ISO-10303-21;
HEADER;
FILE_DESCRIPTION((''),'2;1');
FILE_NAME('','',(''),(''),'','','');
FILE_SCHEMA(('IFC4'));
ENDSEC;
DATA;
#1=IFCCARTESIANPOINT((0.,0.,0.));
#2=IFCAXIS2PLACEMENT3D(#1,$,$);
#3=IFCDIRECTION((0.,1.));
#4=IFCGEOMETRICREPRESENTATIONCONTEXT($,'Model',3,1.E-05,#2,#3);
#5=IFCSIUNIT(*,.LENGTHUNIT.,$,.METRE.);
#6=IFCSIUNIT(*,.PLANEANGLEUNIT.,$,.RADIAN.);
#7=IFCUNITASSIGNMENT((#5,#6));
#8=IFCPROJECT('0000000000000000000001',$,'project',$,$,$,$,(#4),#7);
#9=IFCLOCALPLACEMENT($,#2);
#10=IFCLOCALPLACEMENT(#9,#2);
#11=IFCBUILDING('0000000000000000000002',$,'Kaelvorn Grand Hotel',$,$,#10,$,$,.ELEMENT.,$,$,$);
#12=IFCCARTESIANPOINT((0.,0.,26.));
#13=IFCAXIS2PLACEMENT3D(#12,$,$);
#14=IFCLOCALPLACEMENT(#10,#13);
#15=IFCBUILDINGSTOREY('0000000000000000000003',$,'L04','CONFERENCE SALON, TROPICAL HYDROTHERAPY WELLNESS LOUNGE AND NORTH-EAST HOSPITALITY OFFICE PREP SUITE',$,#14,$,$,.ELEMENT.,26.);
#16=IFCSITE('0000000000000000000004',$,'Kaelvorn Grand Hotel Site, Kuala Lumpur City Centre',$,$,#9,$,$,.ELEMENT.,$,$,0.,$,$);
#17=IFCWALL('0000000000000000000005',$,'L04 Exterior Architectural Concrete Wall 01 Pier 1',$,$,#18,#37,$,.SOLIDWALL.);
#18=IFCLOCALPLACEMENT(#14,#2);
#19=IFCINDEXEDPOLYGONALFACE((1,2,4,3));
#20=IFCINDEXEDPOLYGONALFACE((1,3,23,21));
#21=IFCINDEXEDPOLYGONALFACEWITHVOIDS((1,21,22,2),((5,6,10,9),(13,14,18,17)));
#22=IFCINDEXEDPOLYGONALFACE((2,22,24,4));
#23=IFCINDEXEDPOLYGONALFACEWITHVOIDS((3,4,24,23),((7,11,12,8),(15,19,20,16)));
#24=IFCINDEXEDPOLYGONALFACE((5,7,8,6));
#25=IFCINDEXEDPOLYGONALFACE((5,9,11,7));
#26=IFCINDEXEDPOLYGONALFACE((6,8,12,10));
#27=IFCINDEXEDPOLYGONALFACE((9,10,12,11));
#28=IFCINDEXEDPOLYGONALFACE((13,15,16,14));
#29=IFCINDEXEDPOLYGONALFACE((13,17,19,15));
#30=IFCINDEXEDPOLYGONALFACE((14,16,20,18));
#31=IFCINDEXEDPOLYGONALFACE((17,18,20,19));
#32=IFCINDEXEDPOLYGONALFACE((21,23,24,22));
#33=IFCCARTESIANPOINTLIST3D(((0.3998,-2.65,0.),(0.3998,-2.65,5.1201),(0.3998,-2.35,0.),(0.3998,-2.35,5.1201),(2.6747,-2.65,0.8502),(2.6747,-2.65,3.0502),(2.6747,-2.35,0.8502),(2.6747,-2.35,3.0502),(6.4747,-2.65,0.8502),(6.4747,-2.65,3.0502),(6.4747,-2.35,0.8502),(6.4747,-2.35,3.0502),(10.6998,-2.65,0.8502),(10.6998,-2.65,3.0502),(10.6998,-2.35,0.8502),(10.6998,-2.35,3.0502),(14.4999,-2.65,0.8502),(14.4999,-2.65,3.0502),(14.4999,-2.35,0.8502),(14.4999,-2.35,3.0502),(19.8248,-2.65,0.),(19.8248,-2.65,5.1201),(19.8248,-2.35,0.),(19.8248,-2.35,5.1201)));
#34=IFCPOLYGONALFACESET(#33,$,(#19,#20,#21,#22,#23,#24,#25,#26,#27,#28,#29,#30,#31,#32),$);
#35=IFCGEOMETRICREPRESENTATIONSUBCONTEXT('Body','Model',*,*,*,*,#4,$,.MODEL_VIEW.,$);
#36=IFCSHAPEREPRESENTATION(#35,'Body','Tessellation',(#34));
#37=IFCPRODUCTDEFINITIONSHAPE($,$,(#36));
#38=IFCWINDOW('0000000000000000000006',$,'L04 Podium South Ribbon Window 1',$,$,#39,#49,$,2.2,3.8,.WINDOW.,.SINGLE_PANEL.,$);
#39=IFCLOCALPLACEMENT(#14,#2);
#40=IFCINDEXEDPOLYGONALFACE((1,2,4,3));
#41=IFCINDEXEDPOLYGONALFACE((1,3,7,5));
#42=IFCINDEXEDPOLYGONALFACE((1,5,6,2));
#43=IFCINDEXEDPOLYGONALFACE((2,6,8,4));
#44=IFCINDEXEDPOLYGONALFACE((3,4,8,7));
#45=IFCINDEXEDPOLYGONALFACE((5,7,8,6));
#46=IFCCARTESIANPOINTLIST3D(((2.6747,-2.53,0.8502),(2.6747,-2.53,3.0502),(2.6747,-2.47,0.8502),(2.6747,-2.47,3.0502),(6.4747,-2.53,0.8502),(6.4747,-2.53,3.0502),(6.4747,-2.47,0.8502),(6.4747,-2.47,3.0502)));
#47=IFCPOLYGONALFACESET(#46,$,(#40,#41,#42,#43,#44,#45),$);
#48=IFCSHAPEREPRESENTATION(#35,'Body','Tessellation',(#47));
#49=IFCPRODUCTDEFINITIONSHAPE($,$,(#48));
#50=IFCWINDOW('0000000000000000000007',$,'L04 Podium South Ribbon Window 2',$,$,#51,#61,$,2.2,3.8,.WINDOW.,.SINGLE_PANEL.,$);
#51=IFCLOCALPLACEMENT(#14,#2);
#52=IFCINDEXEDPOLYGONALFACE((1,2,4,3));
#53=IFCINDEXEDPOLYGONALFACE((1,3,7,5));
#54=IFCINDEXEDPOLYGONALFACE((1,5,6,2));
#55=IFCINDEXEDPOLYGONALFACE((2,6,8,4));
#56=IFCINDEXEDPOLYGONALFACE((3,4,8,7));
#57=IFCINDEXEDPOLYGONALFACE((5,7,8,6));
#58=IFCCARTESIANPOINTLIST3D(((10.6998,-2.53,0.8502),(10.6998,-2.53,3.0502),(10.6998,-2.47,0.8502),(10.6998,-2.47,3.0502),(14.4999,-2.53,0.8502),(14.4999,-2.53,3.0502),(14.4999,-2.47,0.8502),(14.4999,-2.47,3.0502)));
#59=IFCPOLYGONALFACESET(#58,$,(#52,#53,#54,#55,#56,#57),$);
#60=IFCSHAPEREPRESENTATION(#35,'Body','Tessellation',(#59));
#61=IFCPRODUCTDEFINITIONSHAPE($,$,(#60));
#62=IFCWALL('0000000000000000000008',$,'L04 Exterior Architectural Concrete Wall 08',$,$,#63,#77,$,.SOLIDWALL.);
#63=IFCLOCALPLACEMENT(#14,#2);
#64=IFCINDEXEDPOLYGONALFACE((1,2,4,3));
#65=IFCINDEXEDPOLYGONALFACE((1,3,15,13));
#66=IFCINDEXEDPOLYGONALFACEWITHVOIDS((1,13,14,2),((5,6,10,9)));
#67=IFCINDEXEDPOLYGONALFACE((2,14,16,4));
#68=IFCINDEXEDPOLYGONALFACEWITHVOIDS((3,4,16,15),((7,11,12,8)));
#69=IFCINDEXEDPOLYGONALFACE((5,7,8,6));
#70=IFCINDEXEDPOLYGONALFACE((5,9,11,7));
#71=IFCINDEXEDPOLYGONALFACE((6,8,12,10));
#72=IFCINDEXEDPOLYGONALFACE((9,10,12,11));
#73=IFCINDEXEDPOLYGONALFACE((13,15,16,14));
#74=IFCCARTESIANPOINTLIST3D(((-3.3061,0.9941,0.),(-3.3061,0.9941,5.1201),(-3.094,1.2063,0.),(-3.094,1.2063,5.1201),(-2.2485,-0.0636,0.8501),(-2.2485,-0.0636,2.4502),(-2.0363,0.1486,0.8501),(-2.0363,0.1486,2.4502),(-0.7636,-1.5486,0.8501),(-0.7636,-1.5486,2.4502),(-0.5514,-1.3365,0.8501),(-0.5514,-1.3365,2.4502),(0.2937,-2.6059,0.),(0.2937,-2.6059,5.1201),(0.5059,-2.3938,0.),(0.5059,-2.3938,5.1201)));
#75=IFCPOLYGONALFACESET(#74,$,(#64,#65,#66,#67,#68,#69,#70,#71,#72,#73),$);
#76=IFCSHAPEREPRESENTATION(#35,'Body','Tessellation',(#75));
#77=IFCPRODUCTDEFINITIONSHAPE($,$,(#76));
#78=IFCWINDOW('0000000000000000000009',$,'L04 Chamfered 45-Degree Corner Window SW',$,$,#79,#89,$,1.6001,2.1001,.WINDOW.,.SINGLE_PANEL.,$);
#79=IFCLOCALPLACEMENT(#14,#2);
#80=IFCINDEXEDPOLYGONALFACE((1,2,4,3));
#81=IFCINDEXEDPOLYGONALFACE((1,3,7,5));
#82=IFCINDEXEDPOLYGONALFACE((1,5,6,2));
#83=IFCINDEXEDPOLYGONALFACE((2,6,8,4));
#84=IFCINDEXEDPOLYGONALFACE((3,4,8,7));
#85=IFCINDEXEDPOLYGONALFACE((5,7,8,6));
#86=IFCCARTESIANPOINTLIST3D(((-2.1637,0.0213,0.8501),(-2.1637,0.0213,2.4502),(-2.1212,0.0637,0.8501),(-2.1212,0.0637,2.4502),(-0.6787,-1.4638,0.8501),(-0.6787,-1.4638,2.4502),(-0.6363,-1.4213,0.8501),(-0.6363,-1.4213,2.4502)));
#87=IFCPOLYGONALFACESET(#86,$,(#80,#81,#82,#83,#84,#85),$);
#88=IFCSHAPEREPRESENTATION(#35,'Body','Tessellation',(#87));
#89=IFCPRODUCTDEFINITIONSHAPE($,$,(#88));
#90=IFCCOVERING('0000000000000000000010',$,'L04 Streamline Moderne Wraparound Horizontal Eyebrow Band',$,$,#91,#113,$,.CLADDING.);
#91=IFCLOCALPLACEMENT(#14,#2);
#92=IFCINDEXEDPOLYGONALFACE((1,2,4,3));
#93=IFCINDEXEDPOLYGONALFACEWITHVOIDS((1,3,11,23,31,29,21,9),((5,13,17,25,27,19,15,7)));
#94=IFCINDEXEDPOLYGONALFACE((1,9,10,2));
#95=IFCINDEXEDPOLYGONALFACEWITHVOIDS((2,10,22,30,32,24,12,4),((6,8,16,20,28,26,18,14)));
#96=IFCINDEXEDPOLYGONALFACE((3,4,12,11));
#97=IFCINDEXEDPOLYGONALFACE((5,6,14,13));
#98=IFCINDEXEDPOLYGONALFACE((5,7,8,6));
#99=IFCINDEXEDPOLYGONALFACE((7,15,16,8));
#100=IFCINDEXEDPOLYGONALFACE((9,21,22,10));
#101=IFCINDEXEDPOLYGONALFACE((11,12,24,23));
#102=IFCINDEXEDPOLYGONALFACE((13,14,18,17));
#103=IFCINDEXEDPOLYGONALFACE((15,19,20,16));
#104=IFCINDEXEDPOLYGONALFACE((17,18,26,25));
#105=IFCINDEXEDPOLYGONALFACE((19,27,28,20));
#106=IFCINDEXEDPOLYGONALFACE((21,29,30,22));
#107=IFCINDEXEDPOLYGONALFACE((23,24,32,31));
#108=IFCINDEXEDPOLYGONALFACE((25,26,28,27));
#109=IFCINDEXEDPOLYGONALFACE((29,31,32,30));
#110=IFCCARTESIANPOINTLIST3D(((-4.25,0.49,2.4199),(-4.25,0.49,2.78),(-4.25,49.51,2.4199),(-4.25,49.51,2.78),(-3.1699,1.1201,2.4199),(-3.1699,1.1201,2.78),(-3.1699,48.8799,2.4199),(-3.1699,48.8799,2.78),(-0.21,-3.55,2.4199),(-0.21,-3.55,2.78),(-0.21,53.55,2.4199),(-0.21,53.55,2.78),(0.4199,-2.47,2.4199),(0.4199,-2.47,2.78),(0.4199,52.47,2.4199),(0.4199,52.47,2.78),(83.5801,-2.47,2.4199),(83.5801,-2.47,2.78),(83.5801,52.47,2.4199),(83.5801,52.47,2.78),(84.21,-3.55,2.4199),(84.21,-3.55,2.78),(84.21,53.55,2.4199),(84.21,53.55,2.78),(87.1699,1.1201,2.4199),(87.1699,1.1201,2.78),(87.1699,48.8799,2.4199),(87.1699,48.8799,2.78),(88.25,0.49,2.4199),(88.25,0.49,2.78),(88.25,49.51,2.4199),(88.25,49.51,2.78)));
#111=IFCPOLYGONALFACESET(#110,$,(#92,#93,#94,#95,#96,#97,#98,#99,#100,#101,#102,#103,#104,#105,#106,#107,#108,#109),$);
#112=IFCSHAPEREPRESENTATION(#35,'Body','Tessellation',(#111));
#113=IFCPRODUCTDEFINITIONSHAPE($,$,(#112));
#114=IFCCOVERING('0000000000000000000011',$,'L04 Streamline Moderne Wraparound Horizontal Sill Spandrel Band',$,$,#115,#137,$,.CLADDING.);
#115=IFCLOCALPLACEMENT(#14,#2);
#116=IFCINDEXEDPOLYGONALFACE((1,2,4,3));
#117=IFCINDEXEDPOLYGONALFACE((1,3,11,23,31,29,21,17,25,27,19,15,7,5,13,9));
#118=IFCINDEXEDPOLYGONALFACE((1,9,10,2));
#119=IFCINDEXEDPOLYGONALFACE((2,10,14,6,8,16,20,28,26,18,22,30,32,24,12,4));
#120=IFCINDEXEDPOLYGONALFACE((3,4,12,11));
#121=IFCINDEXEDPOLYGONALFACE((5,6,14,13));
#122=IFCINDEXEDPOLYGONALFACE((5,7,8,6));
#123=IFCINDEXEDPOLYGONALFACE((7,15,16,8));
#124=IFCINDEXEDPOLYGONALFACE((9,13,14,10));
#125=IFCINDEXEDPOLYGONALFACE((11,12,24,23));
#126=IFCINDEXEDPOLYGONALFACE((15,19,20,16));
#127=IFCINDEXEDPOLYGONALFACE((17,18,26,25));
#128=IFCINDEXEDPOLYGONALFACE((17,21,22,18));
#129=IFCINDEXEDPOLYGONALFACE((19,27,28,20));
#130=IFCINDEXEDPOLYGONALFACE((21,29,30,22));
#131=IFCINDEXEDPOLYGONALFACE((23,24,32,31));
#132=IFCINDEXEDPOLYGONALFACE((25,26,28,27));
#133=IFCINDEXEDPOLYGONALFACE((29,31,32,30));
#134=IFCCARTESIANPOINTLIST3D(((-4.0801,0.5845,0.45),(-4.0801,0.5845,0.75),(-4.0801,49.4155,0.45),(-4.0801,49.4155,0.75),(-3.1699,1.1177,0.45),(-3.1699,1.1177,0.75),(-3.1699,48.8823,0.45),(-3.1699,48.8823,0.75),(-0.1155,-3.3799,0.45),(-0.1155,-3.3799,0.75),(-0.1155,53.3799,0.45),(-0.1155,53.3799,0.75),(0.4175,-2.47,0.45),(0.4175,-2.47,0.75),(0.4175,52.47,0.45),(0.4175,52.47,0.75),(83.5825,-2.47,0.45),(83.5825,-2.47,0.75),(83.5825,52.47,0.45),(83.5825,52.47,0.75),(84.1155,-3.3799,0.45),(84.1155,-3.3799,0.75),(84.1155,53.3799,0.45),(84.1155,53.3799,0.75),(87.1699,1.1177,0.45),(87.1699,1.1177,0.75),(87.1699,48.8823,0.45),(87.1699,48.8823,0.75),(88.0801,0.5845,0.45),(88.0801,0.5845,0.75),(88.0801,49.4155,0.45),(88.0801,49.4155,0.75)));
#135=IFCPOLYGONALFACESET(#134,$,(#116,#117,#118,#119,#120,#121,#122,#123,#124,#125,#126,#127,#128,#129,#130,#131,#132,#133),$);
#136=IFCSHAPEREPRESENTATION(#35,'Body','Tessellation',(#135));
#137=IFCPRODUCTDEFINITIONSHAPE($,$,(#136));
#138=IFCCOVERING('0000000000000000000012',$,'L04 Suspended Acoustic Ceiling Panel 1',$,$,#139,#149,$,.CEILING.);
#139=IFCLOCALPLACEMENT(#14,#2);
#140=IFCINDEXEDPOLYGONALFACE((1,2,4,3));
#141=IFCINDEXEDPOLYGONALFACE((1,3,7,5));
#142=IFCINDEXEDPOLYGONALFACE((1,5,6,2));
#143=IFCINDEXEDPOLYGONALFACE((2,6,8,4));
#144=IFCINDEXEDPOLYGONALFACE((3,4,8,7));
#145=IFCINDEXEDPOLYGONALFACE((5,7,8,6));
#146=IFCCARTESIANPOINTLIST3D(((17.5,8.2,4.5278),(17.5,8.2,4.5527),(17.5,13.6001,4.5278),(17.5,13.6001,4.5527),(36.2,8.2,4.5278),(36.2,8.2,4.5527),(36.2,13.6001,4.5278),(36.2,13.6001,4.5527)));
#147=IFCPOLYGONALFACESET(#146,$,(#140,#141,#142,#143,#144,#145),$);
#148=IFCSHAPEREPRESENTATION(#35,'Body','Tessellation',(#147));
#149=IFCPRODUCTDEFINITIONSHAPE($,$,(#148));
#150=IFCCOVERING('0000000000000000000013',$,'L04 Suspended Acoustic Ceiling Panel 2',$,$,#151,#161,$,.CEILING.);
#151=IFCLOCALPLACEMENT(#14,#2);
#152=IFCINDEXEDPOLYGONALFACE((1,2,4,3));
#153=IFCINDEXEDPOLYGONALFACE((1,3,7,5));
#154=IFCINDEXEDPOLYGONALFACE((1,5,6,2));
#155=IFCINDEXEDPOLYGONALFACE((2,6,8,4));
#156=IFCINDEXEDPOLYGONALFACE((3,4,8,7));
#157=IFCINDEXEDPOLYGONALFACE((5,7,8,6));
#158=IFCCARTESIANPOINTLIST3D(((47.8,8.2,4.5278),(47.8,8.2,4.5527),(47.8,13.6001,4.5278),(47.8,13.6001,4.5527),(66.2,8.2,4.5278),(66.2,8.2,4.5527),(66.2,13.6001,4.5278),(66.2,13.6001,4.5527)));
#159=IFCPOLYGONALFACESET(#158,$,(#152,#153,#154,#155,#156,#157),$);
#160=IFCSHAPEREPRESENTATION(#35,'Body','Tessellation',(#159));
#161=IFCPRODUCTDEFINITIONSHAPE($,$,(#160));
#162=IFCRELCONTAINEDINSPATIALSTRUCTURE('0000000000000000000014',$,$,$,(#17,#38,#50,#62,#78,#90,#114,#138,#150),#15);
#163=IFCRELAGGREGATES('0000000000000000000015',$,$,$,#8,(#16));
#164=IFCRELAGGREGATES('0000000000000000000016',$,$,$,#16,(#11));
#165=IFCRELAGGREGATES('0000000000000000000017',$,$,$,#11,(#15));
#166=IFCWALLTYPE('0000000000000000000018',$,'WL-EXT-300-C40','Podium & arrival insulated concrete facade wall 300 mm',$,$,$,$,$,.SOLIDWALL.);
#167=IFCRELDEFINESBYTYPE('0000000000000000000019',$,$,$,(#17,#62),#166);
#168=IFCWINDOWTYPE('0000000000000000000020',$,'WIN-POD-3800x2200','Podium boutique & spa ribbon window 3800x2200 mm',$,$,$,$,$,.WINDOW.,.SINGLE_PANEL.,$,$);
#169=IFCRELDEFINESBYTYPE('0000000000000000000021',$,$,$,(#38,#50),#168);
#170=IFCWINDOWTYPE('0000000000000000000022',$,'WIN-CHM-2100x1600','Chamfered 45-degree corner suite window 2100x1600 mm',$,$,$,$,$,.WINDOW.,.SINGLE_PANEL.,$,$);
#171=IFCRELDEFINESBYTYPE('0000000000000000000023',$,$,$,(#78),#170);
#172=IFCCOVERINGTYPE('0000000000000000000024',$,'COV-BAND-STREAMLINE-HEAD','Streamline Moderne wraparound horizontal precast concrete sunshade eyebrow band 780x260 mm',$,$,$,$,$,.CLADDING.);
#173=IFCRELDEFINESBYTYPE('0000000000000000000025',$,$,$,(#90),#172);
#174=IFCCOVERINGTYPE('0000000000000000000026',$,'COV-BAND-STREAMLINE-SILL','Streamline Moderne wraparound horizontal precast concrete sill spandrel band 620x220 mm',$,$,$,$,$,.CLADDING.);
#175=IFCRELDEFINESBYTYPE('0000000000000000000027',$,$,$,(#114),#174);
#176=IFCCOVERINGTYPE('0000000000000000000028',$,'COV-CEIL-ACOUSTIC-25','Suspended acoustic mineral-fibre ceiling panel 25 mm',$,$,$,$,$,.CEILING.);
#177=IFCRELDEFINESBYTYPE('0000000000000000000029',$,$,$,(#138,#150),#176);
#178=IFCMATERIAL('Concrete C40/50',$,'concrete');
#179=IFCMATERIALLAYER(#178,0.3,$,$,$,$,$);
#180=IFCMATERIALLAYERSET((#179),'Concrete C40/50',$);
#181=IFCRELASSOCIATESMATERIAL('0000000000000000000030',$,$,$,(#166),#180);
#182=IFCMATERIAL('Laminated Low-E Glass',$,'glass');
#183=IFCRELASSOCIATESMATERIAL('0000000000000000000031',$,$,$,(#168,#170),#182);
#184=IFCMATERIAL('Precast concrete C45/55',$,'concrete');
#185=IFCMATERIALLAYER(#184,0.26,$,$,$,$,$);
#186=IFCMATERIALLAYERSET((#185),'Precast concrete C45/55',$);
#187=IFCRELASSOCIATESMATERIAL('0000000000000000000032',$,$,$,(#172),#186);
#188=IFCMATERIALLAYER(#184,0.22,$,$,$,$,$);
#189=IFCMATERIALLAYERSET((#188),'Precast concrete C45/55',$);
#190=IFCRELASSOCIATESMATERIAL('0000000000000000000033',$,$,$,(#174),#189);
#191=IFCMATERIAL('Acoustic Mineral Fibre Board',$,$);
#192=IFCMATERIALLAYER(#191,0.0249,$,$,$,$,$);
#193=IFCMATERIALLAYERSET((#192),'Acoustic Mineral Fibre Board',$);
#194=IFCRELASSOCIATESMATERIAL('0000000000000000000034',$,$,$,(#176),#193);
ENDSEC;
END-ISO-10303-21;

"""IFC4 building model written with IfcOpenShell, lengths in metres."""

from ifc_helpers import new_model, si_unit, direction, frame, frame_2d, origin, place, context, subcontext, project, spatial, polyline, rectangle, outline, extrude, material, layer, layer_set, type_object, element, fill, save


model = new_model("IFC4")

# Units and contexts
model_context = context("Model", 3, precision=1e-05, world=origin(), true_north=direction((0.0, 1.0)))
body_context = subcontext(model_context, "Body", "Model", "MODEL_VIEW")
ifc_project = project(units=[si_unit("LENGTHUNIT", "METRE"), si_unit("PLANEANGLEUNIT", "RADIAN")], contexts=[model_context])

# Site, building, storey
site_placement = place(None, origin())
site = spatial("IfcSite", under=ifc_project, at=site_placement, Name="Kaelvorn Grand Hotel Site, Kuala Lumpur City Centre", CompositionType="ELEMENT", RefElevation=0.0)
building_placement = place(site_placement, origin())
building = spatial("IfcBuilding", under=site, at=building_placement, Name="Kaelvorn Grand Hotel", CompositionType="ELEMENT")
storey_placement = place(building_placement, frame((0.0, 0.0, 26.0)))
storey = spatial("IfcBuildingStorey", under=building, at=storey_placement, Name="L04", Description="CONFERENCE SALON, TROPICAL HYDROTHERAPY WELLNESS LOUNGE AND NORTH-EAST HOSPITALITY OFFICE PREP SUITE", CompositionType="ELEMENT", Elevation=26.0)

# Shared definitions
ifc_material_1 = material(Name="Concrete C40/50", Category="concrete")

# Wall, openings, windows
ifc_layer_1 = layer(ifc_material_1, 0.3)
ifc_layer_set_1 = layer_set([ifc_layer_1], Name="Concrete C40/50")
wall_type = type_object("IfcWallType", Name="WL-EXT-300-C40", Description="Podium & arrival insulated concrete facade wall 300 mm", PredefinedType="SOLIDWALL", material=ifc_layer_set_1)
wall_1_placement = place(storey_placement, frame((0.3999, -2.5, 0.0), z_axis=(0.0, 0.0, 1.0), x_axis=(1.0, 0.0, 0.0)))
wall_1 = element("IfcWall", 1, at=wall_1_placement, inside=storey, type_object=wall_type, Name="L04 Exterior Architectural Concrete Wall 01 Pier 1", PredefinedType="SOLIDWALL", context=body_context, shape_type="SweptSolid", body=[
    extrude(rectangle(XDim=19.425, YDim=0.3, at=frame_2d((9.7124, 0.0))), origin(), (0.0, 0.0, 1.0), 5.1201),
])
opening_1_placement = place(wall_1_placement, frame((2.2749, 0.0, 0.8501)))
opening_1 = element("IfcOpeningElement", 2, at=opening_1_placement, cuts=wall_1, PredefinedType="OPENING", context=body_context, shape_type="SweptSolid", body=[
    extrude(rectangle(XDim=3.8, YDim=2.2, at=frame_2d((1.8999, 1.1001))), frame((0.0, 0.1602, 0.0), z_axis=(0.0, -1.0, 0.0), x_axis=(1.0, 0.0, 0.0)), (0.0, 0.0, 1.0), 0.3201),
])
opening_2_placement = place(wall_1_placement, frame((10.3, 0.0, 0.8501)))
opening_2 = element("IfcOpeningElement", 3, at=opening_2_placement, cuts=wall_1, PredefinedType="OPENING", context=body_context, shape_type="SweptSolid", body=[
    extrude(rectangle(XDim=3.8, YDim=2.2, at=frame_2d((1.8999, 1.1001))), frame((0.0, 0.1602, 0.0), z_axis=(0.0, -1.0, 0.0), x_axis=(1.0, 0.0, 0.0)), (0.0, 0.0, 1.0), 0.3201),
])
ifc_material_2 = material(Name="Laminated Low-E Glass", Category="glass")
window_type_1 = type_object("IfcWindowType", Name="WIN-POD-3800x2200", Description="Podium boutique & spa ribbon window 3800x2200 mm", PartitioningType="SINGLE_PANEL", PredefinedType="WINDOW", material=ifc_material_2)
window_1_placement = place(opening_1_placement, origin())
window_1 = element("IfcWindow", 4, at=window_1_placement, inside=storey, type_object=window_type_1, Name="L04 Podium South Ribbon Window 1", OverallHeight=2.2, OverallWidth=3.8, PartitioningType="SINGLE_PANEL", PredefinedType="WINDOW", context=body_context, shape_type="SweptSolid", body=[
    extrude(rectangle(XDim=3.8, YDim=2.2, at=frame_2d((1.8999, 1.1001))), frame((0.0, 0.03, 0.0), z_axis=(0.0, -1.0, 0.0), x_axis=(1.0, 0.0, 0.0)), (0.0, 0.0, 1.0), 0.0601),
])
fill(opening_1, window_1)
window_2_placement = place(opening_2_placement, origin())
window_2 = element("IfcWindow", 5, at=window_2_placement, inside=storey, type_object=window_type_1, Name="L04 Podium South Ribbon Window 2", OverallHeight=2.2, OverallWidth=3.8, PartitioningType="SINGLE_PANEL", PredefinedType="WINDOW", context=body_context, shape_type="SweptSolid", body=[
    extrude(rectangle(XDim=3.8, YDim=2.2, at=frame_2d((1.8999, 1.1001))), frame((0.0, 0.03, 0.0), z_axis=(0.0, -1.0, 0.0), x_axis=(1.0, 0.0, 0.0)), (0.0, 0.0, 1.0), 0.0601),
])
fill(opening_2, window_2)

# Wall, opening, window
wall_2_placement = place(storey_placement, frame((-3.2, 1.1001, 0.0), z_axis=(0.0, 0.0, 1.0), x_axis=(0.707083, -0.707131, 0.0)))
wall_2 = element("IfcWall", 6, at=wall_2_placement, inside=storey, type_object=wall_type, Name="L04 Exterior Architectural Concrete Wall 08", PredefinedType="SOLIDWALL", context=body_context, shape_type="SweptSolid", body=[
    extrude(rectangle(XDim=5.0911, YDim=0.3, at=frame_2d((2.5454, 0.0))), origin(), (0.0, 0.0, 1.0), 5.1201),
])
opening_3_placement = place(wall_2_placement, frame((1.4956, 0.0, 0.8501)))
opening_3 = element("IfcOpeningElement", 7, at=opening_3_placement, cuts=wall_2, PredefinedType="OPENING", context=body_context, shape_type="SweptSolid", body=[
    extrude(rectangle(XDim=2.1001, YDim=1.6001, at=frame_2d((1.05, 0.8))), frame((0.0, 0.1602, 0.0), z_axis=(0.0, -1.0, 0.0), x_axis=(1.0, 0.0, 0.0)), (0.0, 0.0, 1.0), 0.3201),
])
window_type_2 = type_object("IfcWindowType", Name="WIN-CHM-2100x1600", Description="Chamfered 45-degree corner suite window 2100x1600 mm", PartitioningType="SINGLE_PANEL", PredefinedType="WINDOW", material=ifc_material_2)
window_3_placement = place(opening_3_placement, origin())
window_3 = element("IfcWindow", 8, at=window_3_placement, inside=storey, type_object=window_type_2, Name="L04 Chamfered 45-Degree Corner Window SW", OverallHeight=1.6001, OverallWidth=2.1001, PartitioningType="SINGLE_PANEL", PredefinedType="WINDOW", context=body_context, shape_type="SweptSolid", body=[
    extrude(rectangle(XDim=2.1001, YDim=1.6001, at=frame_2d((1.05, 0.8))), frame((0.0, 0.03, 0.0), z_axis=(0.0, -1.0, 0.0), x_axis=(1.0, 0.0, 0.0)), (0.0, 0.0, 1.0), 0.0601),
])
fill(opening_3, window_3)

# Coverings
ifc_material_3 = material(Name="Precast concrete C45/55", Category="concrete")
ifc_layer_2 = layer(ifc_material_3, 0.26)
ifc_layer_set_2 = layer_set([ifc_layer_2], Name="Precast concrete C45/55")
covering_type_1 = type_object("IfcCoveringType", Name="COV-BAND-STREAMLINE-HEAD", Description="Streamline Moderne wraparound horizontal precast concrete sunshade eyebrow band 780x260 mm", PredefinedType="CLADDING", material=ifc_layer_set_2)
covering_1_placement = place(storey_placement, frame((0.0, 0.0, 2.4199)))
element("IfcCovering", 9, at=covering_1_placement, inside=storey, type_object=covering_type_1, Name="L04 Streamline Moderne Wraparound Horizontal Eyebrow Band", PredefinedType="CLADDING", context=body_context, shape_type="SweptSolid", body=[
    extrude(outline(polyline([(-0.21, -3.55), (84.21, -3.55), (88.25, 0.49), (88.25, 49.51), (84.21, 53.55), (-0.21, 53.55), (-4.25, 49.51), (-4.25, 0.49), (-0.21, -3.55)]), holes=[polyline([(0.4199, -2.47), (83.5801, -2.47), (87.1699, 1.1201), (87.1699, 48.8799), (83.5801, 52.47), (0.4199, 52.47), (-3.1699, 48.8799), (-3.1699, 1.1201), (0.4199, -2.47)])]), origin(), (0.0, 0.0, 1.0), 0.3601),
])
ifc_layer_3 = layer(ifc_material_3, 0.22)
ifc_layer_set_3 = layer_set([ifc_layer_3], Name="Precast concrete C45/55")
covering_type_2 = type_object("IfcCoveringType", Name="COV-BAND-STREAMLINE-SILL", Description="Streamline Moderne wraparound horizontal precast concrete sill spandrel band 620x220 mm", PredefinedType="CLADDING", material=ifc_layer_set_3)
covering_2_placement = place(storey_placement, frame((0.0, 0.0, 0.45)))
element("IfcCovering", 10, at=covering_2_placement, inside=storey, type_object=covering_type_2, Name="L04 Streamline Moderne Wraparound Horizontal Sill Spandrel Band", PredefinedType="CLADDING", context=body_context, shape_type="SweptSolid", body=[
    extrude(outline(polyline([(84.1155, -3.3799), (88.0801, 0.5845), (88.0801, 49.4155), (84.1155, 53.3799), (-0.1155, 53.3799), (-4.0801, 49.4155), (-4.0801, 0.5845), (-0.1155, -3.3799), (0.4175, -2.47), (-3.1699, 1.1177), (-3.1699, 48.8823), (0.4175, 52.47), (83.5825, 52.47), (87.1699, 48.8823), (87.1699, 1.1177), (83.5825, -2.47), (84.1155, -3.3799)])), origin(), (0.0, 0.0, 1.0), 0.3),
])
ifc_material_4 = material(Name="Acoustic Mineral Fibre Board")
ifc_layer_4 = layer(ifc_material_4, 0.0249)
ifc_layer_set_4 = layer_set([ifc_layer_4], Name="Acoustic Mineral Fibre Board")
covering_type_3 = type_object("IfcCoveringType", Name="COV-CEIL-ACOUSTIC-25", Description="Suspended acoustic mineral-fibre ceiling panel 25 mm", PredefinedType="CEILING", material=ifc_layer_set_4)
covering_3_placement = place(storey_placement, frame((0.0, 0.0, 4.5278)))
element("IfcCovering", 11, at=covering_3_placement, inside=storey, type_object=covering_type_3, Name="L04 Suspended Acoustic Ceiling Panel 1", PredefinedType="CEILING", context=body_context, shape_type="SweptSolid", body=[
    extrude(outline(polyline([(17.5, 8.2), (36.2, 8.2), (36.2, 13.6001), (17.5, 13.6001), (17.5, 8.2)])), origin(), (0.0, 0.0, 1.0), 0.0249),
])
covering_4_placement = place(storey_placement, frame((0.0, 0.0, 4.5278)))
element("IfcCovering", 12, at=covering_4_placement, inside=storey, type_object=covering_type_3, Name="L04 Suspended Acoustic Ceiling Panel 2", PredefinedType="CEILING", context=body_context, shape_type="SweptSolid", body=[
    extrude(outline(polyline([(47.8, 8.2), (66.2, 8.2), (66.2, 13.6001), (47.8, 13.6001), (47.8, 8.2)])), origin(), (0.0, 0.0, 1.0), 0.0249),
])

save(model, "model.ifc")
